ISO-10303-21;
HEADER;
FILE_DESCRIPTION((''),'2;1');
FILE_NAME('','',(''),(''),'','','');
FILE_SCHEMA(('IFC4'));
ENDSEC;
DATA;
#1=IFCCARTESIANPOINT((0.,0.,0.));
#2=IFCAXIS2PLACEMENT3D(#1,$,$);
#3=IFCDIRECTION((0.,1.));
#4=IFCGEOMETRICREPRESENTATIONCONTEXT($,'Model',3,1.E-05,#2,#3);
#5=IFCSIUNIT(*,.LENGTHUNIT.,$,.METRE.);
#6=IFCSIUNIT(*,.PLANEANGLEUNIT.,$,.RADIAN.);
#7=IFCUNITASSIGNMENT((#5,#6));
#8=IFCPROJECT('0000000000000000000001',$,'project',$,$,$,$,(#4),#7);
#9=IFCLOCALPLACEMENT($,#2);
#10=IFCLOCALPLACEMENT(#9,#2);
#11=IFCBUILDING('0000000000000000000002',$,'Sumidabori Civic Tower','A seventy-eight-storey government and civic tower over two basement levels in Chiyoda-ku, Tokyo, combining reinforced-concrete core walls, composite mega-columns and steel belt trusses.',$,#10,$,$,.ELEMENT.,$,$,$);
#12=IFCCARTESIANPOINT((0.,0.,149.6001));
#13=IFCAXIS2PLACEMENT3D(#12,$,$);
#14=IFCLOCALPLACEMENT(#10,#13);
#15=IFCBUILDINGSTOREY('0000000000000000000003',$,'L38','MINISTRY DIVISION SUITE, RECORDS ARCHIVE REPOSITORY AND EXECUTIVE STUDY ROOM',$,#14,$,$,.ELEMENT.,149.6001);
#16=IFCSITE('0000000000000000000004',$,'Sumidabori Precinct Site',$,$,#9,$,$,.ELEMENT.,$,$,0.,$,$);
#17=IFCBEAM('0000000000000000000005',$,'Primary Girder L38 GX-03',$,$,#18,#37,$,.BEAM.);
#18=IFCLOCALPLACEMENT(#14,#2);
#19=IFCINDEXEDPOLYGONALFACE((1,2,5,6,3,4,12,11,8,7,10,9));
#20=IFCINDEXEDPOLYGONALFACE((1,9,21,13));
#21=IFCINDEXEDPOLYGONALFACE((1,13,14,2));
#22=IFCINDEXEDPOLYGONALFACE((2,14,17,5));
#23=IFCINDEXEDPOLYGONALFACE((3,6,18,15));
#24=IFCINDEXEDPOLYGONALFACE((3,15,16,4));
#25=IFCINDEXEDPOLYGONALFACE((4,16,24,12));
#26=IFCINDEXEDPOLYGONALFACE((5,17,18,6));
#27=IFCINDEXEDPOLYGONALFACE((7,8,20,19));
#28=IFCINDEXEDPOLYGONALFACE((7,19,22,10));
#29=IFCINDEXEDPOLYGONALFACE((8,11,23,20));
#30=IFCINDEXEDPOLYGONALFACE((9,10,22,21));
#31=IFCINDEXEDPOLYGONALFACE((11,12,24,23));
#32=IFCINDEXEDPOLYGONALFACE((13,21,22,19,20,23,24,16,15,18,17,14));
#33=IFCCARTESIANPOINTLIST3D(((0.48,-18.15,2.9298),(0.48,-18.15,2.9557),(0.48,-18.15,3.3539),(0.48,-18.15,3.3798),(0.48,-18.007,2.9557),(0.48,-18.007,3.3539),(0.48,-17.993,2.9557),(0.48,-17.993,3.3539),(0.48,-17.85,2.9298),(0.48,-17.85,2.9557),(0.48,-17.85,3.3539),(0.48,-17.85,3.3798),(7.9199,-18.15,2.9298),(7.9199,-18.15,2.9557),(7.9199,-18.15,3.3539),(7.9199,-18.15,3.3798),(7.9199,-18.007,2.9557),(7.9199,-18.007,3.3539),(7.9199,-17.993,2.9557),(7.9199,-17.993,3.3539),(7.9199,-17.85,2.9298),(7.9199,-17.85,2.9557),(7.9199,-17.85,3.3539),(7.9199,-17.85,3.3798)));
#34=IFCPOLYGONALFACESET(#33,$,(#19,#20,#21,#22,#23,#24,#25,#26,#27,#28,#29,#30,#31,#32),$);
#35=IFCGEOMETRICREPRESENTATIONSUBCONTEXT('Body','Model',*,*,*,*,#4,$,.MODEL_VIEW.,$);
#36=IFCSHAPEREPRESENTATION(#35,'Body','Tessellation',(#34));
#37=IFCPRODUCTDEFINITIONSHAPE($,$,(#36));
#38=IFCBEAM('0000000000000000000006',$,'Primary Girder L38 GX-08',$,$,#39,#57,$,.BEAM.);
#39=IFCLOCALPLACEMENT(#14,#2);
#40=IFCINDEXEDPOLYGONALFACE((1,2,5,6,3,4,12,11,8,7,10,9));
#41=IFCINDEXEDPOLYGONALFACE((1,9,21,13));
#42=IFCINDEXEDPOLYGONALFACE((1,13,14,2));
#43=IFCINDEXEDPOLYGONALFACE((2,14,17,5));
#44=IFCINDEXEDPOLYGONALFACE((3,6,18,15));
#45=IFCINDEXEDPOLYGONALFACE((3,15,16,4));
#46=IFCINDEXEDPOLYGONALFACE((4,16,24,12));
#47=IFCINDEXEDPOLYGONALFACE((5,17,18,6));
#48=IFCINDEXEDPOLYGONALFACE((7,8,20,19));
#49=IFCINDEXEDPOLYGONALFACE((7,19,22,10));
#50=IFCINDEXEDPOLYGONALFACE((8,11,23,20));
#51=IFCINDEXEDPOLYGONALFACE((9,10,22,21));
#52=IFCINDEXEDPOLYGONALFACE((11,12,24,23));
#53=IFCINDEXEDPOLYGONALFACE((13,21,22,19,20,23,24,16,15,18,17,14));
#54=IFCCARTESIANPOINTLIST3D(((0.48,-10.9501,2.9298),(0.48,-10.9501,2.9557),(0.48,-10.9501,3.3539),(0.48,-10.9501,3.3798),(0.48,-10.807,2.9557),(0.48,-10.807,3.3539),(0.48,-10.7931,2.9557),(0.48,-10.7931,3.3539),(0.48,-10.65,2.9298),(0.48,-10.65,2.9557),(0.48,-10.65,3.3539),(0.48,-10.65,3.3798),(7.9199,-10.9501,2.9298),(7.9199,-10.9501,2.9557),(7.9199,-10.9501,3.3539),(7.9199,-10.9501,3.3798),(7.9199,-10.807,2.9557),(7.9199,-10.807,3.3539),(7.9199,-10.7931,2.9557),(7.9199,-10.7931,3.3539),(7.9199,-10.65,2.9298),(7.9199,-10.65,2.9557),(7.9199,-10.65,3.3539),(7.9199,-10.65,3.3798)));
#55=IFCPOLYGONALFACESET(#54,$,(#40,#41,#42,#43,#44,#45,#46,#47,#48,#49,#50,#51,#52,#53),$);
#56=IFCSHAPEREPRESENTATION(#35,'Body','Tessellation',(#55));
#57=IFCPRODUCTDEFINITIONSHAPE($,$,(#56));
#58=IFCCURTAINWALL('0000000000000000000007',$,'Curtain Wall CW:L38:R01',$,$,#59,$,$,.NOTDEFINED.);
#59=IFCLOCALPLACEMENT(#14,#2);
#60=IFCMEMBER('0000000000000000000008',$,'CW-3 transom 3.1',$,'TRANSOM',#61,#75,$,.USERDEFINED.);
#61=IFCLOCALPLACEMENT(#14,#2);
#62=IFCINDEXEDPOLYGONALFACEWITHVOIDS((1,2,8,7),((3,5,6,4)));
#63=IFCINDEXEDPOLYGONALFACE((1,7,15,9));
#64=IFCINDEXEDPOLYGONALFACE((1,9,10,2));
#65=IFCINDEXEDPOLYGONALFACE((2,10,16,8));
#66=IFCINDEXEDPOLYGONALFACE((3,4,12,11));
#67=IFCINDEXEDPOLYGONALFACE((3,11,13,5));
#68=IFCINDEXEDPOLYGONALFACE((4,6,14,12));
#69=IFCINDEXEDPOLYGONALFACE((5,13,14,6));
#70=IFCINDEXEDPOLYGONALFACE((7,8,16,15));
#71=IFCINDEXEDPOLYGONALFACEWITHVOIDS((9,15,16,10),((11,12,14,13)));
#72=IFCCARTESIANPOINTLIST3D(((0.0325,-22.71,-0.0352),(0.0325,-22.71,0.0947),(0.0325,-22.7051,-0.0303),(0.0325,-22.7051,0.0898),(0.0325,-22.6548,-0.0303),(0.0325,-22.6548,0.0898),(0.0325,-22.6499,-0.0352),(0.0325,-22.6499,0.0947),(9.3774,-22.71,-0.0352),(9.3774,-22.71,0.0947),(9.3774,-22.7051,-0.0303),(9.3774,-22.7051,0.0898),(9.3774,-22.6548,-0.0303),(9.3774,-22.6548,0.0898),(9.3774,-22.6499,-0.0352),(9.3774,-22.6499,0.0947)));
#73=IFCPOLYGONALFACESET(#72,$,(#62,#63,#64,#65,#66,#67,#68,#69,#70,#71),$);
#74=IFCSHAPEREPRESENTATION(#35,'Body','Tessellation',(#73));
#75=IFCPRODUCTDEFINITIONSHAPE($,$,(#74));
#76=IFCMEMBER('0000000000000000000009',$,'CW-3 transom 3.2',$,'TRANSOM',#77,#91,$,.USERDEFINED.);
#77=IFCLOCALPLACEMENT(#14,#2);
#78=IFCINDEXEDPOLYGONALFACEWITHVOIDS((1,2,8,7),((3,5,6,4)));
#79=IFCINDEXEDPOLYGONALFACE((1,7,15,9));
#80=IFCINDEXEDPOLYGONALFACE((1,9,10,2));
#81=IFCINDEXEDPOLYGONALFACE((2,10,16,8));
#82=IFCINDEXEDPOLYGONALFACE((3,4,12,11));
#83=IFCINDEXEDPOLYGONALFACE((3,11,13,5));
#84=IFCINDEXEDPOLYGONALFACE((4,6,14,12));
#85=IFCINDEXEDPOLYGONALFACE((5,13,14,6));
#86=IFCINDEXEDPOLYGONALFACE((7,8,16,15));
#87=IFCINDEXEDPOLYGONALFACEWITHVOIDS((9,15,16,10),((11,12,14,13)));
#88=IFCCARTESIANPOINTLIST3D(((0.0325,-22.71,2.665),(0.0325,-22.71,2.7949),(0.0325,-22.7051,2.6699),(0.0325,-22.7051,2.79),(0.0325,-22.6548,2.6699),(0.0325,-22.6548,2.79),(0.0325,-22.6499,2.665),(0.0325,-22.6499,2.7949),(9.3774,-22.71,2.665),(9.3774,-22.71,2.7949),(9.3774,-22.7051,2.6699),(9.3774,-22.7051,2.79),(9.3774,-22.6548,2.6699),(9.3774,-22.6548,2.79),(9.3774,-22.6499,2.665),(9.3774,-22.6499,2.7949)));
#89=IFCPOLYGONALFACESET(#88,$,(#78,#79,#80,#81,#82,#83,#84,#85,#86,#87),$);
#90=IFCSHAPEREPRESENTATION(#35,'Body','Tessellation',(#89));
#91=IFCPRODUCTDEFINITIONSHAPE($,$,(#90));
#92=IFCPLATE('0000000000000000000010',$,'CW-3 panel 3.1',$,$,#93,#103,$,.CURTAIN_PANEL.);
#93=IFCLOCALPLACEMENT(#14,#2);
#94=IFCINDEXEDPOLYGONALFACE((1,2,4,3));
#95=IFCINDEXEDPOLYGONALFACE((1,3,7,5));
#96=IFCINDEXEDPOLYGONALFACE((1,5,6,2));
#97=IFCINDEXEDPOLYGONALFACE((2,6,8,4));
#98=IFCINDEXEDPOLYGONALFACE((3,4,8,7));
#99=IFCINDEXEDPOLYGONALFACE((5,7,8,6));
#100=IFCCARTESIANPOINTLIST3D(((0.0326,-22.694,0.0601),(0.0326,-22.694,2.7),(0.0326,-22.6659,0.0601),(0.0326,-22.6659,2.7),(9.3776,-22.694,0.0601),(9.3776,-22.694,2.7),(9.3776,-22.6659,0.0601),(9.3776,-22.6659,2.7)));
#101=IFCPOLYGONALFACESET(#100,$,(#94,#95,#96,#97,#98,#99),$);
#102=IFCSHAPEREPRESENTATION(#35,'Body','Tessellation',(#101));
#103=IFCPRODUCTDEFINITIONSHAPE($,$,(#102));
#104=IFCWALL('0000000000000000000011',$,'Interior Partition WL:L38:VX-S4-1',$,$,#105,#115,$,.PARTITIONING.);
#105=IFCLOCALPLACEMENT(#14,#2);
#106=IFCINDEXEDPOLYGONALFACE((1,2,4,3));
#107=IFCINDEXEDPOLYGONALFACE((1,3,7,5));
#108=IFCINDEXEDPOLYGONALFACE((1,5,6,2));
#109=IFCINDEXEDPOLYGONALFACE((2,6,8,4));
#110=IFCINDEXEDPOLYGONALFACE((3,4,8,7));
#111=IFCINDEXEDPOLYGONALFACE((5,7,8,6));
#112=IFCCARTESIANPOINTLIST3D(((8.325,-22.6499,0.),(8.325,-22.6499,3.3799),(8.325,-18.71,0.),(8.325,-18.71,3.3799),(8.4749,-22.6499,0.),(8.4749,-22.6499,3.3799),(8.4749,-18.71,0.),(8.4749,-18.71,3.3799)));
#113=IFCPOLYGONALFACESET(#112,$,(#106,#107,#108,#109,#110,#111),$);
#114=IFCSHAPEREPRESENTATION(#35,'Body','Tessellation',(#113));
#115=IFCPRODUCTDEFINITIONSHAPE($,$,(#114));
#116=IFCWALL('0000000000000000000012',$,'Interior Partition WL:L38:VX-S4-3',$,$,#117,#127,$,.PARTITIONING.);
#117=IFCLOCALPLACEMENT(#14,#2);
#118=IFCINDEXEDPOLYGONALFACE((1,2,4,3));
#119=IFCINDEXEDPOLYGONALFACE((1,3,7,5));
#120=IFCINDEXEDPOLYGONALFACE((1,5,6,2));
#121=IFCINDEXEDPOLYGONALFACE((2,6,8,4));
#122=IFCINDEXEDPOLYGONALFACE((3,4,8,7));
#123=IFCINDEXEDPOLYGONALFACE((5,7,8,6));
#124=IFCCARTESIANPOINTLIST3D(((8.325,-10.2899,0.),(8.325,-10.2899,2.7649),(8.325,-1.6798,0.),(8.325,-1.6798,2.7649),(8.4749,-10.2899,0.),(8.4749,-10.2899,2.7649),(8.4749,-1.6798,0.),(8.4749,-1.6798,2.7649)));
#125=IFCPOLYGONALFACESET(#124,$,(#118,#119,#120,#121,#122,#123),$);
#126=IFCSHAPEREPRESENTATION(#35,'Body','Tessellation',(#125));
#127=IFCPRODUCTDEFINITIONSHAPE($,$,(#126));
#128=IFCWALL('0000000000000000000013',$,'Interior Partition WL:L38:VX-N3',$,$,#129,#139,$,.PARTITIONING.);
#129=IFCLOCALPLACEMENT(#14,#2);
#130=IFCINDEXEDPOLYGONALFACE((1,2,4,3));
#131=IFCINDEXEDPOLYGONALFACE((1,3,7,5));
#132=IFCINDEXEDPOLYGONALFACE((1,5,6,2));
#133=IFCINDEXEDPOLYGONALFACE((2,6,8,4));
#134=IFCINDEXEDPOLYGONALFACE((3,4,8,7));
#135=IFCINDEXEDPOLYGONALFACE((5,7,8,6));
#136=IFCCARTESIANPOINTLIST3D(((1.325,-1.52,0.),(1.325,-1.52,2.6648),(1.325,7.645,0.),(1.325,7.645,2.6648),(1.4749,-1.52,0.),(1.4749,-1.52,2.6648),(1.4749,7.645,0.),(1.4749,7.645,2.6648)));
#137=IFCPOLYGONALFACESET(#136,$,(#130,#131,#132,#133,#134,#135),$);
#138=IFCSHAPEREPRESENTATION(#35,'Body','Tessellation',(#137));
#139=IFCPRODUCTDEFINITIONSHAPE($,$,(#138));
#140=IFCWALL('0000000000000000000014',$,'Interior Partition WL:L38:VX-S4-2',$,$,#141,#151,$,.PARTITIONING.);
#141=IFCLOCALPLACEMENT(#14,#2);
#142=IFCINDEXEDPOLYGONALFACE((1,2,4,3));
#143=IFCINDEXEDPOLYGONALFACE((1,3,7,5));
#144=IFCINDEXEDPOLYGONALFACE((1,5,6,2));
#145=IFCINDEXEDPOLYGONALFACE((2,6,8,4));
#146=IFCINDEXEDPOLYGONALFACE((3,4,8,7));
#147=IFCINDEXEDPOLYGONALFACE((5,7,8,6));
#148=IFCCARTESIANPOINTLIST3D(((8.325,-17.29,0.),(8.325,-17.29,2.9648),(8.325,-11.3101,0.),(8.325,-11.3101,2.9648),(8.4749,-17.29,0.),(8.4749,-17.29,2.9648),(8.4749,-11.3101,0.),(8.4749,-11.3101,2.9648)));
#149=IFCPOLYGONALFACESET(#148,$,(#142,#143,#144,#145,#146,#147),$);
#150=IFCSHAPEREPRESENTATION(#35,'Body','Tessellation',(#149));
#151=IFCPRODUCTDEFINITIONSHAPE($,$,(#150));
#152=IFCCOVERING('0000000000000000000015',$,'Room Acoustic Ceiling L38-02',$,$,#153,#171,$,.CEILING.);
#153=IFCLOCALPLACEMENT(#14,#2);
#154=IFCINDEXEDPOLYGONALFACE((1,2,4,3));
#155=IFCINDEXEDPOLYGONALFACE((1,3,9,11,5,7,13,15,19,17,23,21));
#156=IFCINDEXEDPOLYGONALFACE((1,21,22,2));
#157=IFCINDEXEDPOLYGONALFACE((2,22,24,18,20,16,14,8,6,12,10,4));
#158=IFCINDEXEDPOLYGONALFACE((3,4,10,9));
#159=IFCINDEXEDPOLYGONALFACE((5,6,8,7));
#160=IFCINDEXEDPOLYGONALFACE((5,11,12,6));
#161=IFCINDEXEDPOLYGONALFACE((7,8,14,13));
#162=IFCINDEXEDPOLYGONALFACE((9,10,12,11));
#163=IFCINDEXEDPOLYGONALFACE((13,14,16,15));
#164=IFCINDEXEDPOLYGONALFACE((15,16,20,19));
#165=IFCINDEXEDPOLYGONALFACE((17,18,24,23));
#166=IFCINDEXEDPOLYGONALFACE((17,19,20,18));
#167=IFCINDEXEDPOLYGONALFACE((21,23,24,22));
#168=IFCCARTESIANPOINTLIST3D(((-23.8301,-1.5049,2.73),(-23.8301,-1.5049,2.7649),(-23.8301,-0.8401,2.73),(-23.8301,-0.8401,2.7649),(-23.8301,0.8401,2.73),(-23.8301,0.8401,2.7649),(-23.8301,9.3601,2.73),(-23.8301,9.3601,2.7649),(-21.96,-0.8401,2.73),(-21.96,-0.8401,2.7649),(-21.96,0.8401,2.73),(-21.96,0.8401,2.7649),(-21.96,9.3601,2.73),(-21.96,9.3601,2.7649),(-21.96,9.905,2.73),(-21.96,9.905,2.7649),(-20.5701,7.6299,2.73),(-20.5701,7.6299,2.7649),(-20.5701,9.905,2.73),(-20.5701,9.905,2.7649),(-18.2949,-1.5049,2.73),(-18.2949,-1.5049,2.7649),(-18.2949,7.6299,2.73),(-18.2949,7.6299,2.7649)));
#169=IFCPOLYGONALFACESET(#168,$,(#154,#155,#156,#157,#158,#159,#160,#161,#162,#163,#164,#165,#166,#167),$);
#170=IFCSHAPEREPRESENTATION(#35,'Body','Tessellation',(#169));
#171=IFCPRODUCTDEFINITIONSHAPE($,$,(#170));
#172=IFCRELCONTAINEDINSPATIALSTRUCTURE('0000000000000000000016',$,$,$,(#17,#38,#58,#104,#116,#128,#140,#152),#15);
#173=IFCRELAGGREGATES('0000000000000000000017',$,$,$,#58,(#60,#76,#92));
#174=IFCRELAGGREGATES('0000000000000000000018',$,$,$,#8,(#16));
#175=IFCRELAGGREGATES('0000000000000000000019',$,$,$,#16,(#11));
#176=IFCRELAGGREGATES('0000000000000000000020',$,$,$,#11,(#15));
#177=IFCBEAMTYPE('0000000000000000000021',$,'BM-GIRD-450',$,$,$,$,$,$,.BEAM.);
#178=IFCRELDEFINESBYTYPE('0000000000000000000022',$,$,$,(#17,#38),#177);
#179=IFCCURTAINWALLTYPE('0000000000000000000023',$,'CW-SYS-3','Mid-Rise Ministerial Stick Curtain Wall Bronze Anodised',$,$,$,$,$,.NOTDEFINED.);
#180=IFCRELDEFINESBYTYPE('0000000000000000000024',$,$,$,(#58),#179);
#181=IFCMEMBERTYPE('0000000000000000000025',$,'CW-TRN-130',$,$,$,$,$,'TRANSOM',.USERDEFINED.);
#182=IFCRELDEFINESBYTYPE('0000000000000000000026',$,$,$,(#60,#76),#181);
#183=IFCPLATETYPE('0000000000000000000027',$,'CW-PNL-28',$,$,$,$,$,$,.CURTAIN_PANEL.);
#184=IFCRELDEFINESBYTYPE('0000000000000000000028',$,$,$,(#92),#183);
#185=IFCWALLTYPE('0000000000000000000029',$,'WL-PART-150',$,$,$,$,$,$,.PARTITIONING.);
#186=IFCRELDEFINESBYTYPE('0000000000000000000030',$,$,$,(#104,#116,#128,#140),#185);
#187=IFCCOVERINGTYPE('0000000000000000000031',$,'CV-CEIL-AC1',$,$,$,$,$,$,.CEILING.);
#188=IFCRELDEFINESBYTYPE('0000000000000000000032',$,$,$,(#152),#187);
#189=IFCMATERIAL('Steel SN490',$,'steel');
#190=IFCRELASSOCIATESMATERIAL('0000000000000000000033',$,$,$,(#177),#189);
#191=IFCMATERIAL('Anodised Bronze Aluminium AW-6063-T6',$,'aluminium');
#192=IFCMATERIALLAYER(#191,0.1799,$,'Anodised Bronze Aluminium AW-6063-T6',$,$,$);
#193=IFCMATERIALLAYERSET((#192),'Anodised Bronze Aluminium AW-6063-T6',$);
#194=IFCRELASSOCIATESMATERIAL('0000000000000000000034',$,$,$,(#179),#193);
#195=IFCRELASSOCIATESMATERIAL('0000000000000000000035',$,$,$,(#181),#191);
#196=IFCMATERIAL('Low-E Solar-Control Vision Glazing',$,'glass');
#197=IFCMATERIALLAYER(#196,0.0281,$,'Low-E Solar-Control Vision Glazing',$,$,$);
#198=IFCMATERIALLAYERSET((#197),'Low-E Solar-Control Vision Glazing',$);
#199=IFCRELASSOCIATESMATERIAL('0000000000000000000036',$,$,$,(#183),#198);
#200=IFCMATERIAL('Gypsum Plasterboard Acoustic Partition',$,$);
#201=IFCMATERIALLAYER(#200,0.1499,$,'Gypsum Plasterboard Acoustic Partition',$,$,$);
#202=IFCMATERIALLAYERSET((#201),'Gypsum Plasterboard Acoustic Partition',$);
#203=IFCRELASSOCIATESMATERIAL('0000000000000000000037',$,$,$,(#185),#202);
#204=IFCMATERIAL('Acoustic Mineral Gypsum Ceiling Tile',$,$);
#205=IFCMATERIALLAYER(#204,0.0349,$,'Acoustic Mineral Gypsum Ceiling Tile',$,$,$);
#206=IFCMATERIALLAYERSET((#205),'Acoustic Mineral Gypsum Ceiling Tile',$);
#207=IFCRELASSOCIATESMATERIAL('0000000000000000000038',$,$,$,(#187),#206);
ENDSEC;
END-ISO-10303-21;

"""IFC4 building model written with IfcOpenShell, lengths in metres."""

from ifc_helpers import new_model, si_unit, direction, frame, frame_2d, origin, origin_2d, place, context, subcontext, project, spatial, polyline, rectangle, hollow_rectangle, i_section, outline, extrude, source, transform, mapped, material, layer, layer_set, material_profile, profile_set, type_object, element, aggregate, save


model = new_model("IFC4")

# Units and contexts
model_context = context("Model", 3, precision=1e-05, world=origin(), true_north=direction((0.0, 1.0)))
body_context = subcontext(model_context, "Body", "Model", "MODEL_VIEW")
ifc_project = project(units=[si_unit("LENGTHUNIT", "METRE"), si_unit("PLANEANGLEUNIT", "RADIAN")], contexts=[model_context])

# Site, building, storey
site_placement = place(None, origin())
site = spatial("IfcSite", under=ifc_project, at=site_placement, Name="Sumidabori Precinct Site", CompositionType="ELEMENT", RefElevation=0.0)
building_placement = place(site_placement, origin())
building = spatial("IfcBuilding", under=site, at=building_placement, Name="Sumidabori Civic Tower", Description="A seventy-eight-storey government and civic tower over two basement levels in Chiyoda-ku, Tokyo, combining reinforced-concrete core walls, composite mega-columns and steel belt trusses.", CompositionType="ELEMENT")
storey_placement = place(building_placement, frame((0.0, 0.0, 149.6001)))
storey = spatial("IfcBuildingStorey", under=building, at=storey_placement, Name="L38", Description="MINISTRY DIVISION SUITE, RECORDS ARCHIVE REPOSITORY AND EXECUTIVE STUDY ROOM", CompositionType="ELEMENT", Elevation=149.6001)

# Beams
ifc_material_1 = material(Name="Steel SN490", Category="steel")
ifc_material_profile_1 = material_profile(ifc_material_1, i_section(OverallWidth=0.3, OverallDepth=0.45, WebThickness=0.0139, FlangeThickness=0.0259, at=origin_2d()), Name="HE 450 B")
ifc_profile_set_1 = profile_set([ifc_material_profile_1], Name="Steel SN490")
beam_type_1 = type_object("IfcBeamType", Name="BM-GIRD-450", PredefinedType="BEAM", material=ifc_profile_set_1)
shared_shape_1 = source(origin(), body_context, "Body", "SweptSolid", [
    extrude(i_section(OverallWidth=0.3, OverallDepth=0.45, WebThickness=0.0139, FlangeThickness=0.0259, at=origin_2d()), origin(), (0.0, 0.0, 1.0), 7.4399),
])
for number, where, z_axis, x_axis, name in (
    (1, (0.48, -18.0, 3.1548), (1.0, 0.0, 0.0), (0.0, 1.0, 0.0), "Primary Girder L38 GX-03"),
    (2, (0.48, -10.8, 3.1548), (1.0, 0.0, 0.0), (0.0, 1.0, 0.0), "Primary Girder L38 GX-08"),
):
    element("IfcBeam", number, at=place(storey_placement, frame(where, z_axis=z_axis, x_axis=x_axis)), inside=storey, type_object=beam_type_1, Name=name, PredefinedType="BEAM", context=body_context, shape_type="MappedRepresentation", body=[
        mapped(shared_shape_1, transform((0.0, 0.0, 0.0), x_axis=(1.0, 0.0, 0.0), y_axis=(0.0, 1.0, 0.0), z_axis=(0.0, 0.0, 1.0), scale=1.0)),
    ])

# Curtain wall, members, plate
ifc_material_2 = material(Name="Anodised Bronze Aluminium AW-6063-T6", Category="aluminium")
ifc_layer_1 = layer(ifc_material_2, 0.1799, Name="Anodised Bronze Aluminium AW-6063-T6")
ifc_layer_set_1 = layer_set([ifc_layer_1], Name="Anodised Bronze Aluminium AW-6063-T6")
curtain_wall_type = type_object("IfcCurtainWallType", Name="CW-SYS-3", Description="Mid-Rise Ministerial Stick Curtain Wall Bronze Anodised", PredefinedType="NOTDEFINED", material=ifc_layer_set_1)
curtain_wall_placement = place(storey_placement, origin())
curtain_wall = element("IfcCurtainWall", 3, at=curtain_wall_placement, inside=storey, type_object=curtain_wall_type, Name="Curtain Wall CW:L38:R01", PredefinedType="NOTDEFINED")
ifc_material_profile_2 = material_profile(ifc_material_2, hollow_rectangle(XDim=0.0601, YDim=0.1299, WallThickness=0.0049, at=origin_2d()), Name="ALU TRANSOM 130x60")
ifc_profile_set_2 = profile_set([ifc_material_profile_2], Name="Anodised Bronze Aluminium AW-6063-T6")
member_type = type_object("IfcMemberType", Name="CW-TRN-130", ElementType="TRANSOM", PredefinedType="USERDEFINED", material=ifc_profile_set_2)
shared_shape_2 = source(origin(), body_context, "Body", "SweptSolid", [
    extrude(hollow_rectangle(XDim=0.0601, YDim=0.1299, WallThickness=0.0049, at=origin_2d()), origin(), (0.0, 0.0, 1.0), 9.345),
])
member_1_placement = place(storey_placement, frame((0.0325, -22.6799, 0.0298), z_axis=(1.0, 0.0, 0.0), x_axis=(0.0, 1.0, 0.0)))
member_1 = element("IfcMember", 4, at=member_1_placement, type_object=member_type, Name="CW-3 transom 3.1", ObjectType="TRANSOM", PredefinedType="USERDEFINED", context=body_context, shape_type="MappedRepresentation", body=[
    mapped(shared_shape_2, transform((0.0, 0.0, 0.0), x_axis=(1.0, 0.0, 0.0), y_axis=(0.0, 1.0, 0.0), z_axis=(0.0, 0.0, 1.0), scale=1.0)),
])
member_2_placement = place(storey_placement, frame((0.0325, -22.6799, 2.73), z_axis=(1.0, 0.0, 0.0), x_axis=(0.0, 1.0, 0.0)))
member_2 = element("IfcMember", 5, at=member_2_placement, type_object=member_type, Name="CW-3 transom 3.2", ObjectType="TRANSOM", PredefinedType="USERDEFINED", context=body_context, shape_type="MappedRepresentation", body=[
    mapped(shared_shape_2, transform((0.0, 0.0, 0.0), x_axis=(1.0, 0.0, 0.0), y_axis=(0.0, 1.0, 0.0), z_axis=(0.0, 0.0, 1.0), scale=1.0)),
])
ifc_material_3 = material(Name="Low-E Solar-Control Vision Glazing", Category="glass")
ifc_layer_2 = layer(ifc_material_3, 0.0281, Name="Low-E Solar-Control Vision Glazing")
ifc_layer_set_2 = layer_set([ifc_layer_2], Name="Low-E Solar-Control Vision Glazing")
plate_type = type_object("IfcPlateType", Name="CW-PNL-28", PredefinedType="CURTAIN_PANEL", material=ifc_layer_set_2)
shared_shape_3 = source(origin(), body_context, "Body", "SweptSolid", [
    extrude(rectangle(XDim=9.345, YDim=0.0281, at=origin_2d()), origin(), (0.0, 0.0, 1.0), 2.6399),
])
plate_placement = place(storey_placement, frame((4.7051, -22.6799, 0.0601), z_axis=(0.0, 0.0, 1.0), x_axis=(1.0, 0.0, 0.0)))
plate = element("IfcPlate", 6, at=plate_placement, type_object=plate_type, Name="CW-3 panel 3.1", PredefinedType="CURTAIN_PANEL", context=body_context, shape_type="MappedRepresentation", body=[
    mapped(shared_shape_3, transform((0.0, 0.0, 0.0), x_axis=(1.0, 0.0, 0.0), y_axis=(0.0, 1.0, 0.0), z_axis=(0.0, 0.0, 1.0), scale=1.0)),
])
aggregate(curtain_wall, [member_1, member_2, plate])

# Walls
ifc_material_4 = material(Name="Gypsum Plasterboard Acoustic Partition")
ifc_layer_3 = layer(ifc_material_4, 0.1499, Name="Gypsum Plasterboard Acoustic Partition")
ifc_layer_set_3 = layer_set([ifc_layer_3], Name="Gypsum Plasterboard Acoustic Partition")
wall_type = type_object("IfcWallType", Name="WL-PART-150", PredefinedType="PARTITIONING", material=ifc_layer_set_3)
shared_shape_4 = source(origin(), body_context, "Body", "SweptSolid", [
    extrude(rectangle(XDim=3.9399, YDim=0.1499, at=frame_2d((1.97, 0.0))), origin(), (0.0, 0.0, 1.0), 3.3799),
])
wall_1_placement = place(storey_placement, frame((8.3999, -22.6499, 0.0), z_axis=(0.0, 0.0, 1.0), x_axis=(0.0, 1.0, 0.0)))
element("IfcWall", 7, at=wall_1_placement, inside=storey, type_object=wall_type, Name="Interior Partition WL:L38:VX-S4-1", PredefinedType="PARTITIONING", context=body_context, shape_type="MappedRepresentation", body=[
    mapped(shared_shape_4, transform((0.0, 0.0, 0.0), x_axis=(1.0, 0.0, 0.0), y_axis=(0.0, 1.0, 0.0), z_axis=(0.0, 0.0, 1.0), scale=1.0)),
])
shared_shape_5 = source(origin(), body_context, "Body", "SweptSolid", [
    extrude(rectangle(XDim=8.6101, YDim=0.1499, at=frame_2d((4.3052, 0.0))), origin(), (0.0, 0.0, 1.0), 2.7649),
])
wall_2_placement = place(storey_placement, frame((8.3999, -10.29, 0.0), z_axis=(0.0, 0.0, 1.0), x_axis=(0.0, 1.0, 0.0)))
element("IfcWall", 8, at=wall_2_placement, inside=storey, type_object=wall_type, Name="Interior Partition WL:L38:VX-S4-3", PredefinedType="PARTITIONING", context=body_context, shape_type="MappedRepresentation", body=[
    mapped(shared_shape_5, transform((0.0, 0.0, 0.0), x_axis=(1.0, 0.0, 0.0), y_axis=(0.0, 1.0, 0.0), z_axis=(0.0, 0.0, 1.0), scale=1.0)),
])
shared_shape_6 = source(origin(), body_context, "Body", "SweptSolid", [
    extrude(rectangle(XDim=9.165, YDim=0.1499, at=frame_2d((4.5825, 0.0))), origin(), (0.0, 0.0, 1.0), 2.6648),
])
wall_3_placement = place(storey_placement, frame((1.3999, -1.52, 0.0), z_axis=(0.0, 0.0, 1.0), x_axis=(0.0, 1.0, 0.0)))
element("IfcWall", 9, at=wall_3_placement, inside=storey, type_object=wall_type, Name="Interior Partition WL:L38:VX-N3", PredefinedType="PARTITIONING", context=body_context, shape_type="MappedRepresentation", body=[
    mapped(shared_shape_6, transform((0.0, 0.0, 0.0), x_axis=(1.0, 0.0, 0.0), y_axis=(0.0, 1.0, 0.0), z_axis=(0.0, 0.0, 1.0), scale=1.0)),
])
shared_shape_7 = source(origin(), body_context, "Body", "SweptSolid", [
    extrude(rectangle(XDim=5.98, YDim=0.1499, at=frame_2d((2.99, 0.0))), origin(), (0.0, 0.0, 1.0), 2.9648),
])
wall_4_placement = place(storey_placement, frame((8.3999, -17.29, 0.0), z_axis=(0.0, 0.0, 1.0), x_axis=(0.0, 1.0, 0.0)))
element("IfcWall", 10, at=wall_4_placement, inside=storey, type_object=wall_type, Name="Interior Partition WL:L38:VX-S4-2", PredefinedType="PARTITIONING", context=body_context, shape_type="MappedRepresentation", body=[
    mapped(shared_shape_7, transform((0.0, 0.0, 0.0), x_axis=(1.0, 0.0, 0.0), y_axis=(0.0, 1.0, 0.0), z_axis=(0.0, 0.0, 1.0), scale=1.0)),
])

# Covering
ifc_material_5 = material(Name="Acoustic Mineral Gypsum Ceiling Tile")
ifc_layer_4 = layer(ifc_material_5, 0.0349, Name="Acoustic Mineral Gypsum Ceiling Tile")
ifc_layer_set_4 = layer_set([ifc_layer_4], Name="Acoustic Mineral Gypsum Ceiling Tile")
covering_type_1 = type_object("IfcCoveringType", Name="CV-CEIL-AC1", PredefinedType="CEILING", material=ifc_layer_set_4)
covering_1_placement = place(storey_placement, frame((0.0, 0.0, 2.73)))
element("IfcCovering", 11, at=covering_1_placement, inside=storey, type_object=covering_type_1, Name="Room Acoustic Ceiling L38-02", PredefinedType="CEILING", context=body_context, shape_type="SweptSolid", body=[
    extrude(outline(polyline([(-21.96, 9.3601), (-21.96, 9.905), (-20.5701, 9.905), (-20.5701, 7.6299), (-18.2949, 7.6299), (-18.2949, -1.5049), (-23.8301, -1.5049), (-23.8301, -0.8401), (-21.96, -0.8401), (-21.96, 0.8401), (-23.8301, 0.8401), (-23.8301, 9.3601), (-21.96, 9.3601)])), origin(), (0.0, 0.0, 1.0), 0.0349),
])

save(model, "model.ifc")
